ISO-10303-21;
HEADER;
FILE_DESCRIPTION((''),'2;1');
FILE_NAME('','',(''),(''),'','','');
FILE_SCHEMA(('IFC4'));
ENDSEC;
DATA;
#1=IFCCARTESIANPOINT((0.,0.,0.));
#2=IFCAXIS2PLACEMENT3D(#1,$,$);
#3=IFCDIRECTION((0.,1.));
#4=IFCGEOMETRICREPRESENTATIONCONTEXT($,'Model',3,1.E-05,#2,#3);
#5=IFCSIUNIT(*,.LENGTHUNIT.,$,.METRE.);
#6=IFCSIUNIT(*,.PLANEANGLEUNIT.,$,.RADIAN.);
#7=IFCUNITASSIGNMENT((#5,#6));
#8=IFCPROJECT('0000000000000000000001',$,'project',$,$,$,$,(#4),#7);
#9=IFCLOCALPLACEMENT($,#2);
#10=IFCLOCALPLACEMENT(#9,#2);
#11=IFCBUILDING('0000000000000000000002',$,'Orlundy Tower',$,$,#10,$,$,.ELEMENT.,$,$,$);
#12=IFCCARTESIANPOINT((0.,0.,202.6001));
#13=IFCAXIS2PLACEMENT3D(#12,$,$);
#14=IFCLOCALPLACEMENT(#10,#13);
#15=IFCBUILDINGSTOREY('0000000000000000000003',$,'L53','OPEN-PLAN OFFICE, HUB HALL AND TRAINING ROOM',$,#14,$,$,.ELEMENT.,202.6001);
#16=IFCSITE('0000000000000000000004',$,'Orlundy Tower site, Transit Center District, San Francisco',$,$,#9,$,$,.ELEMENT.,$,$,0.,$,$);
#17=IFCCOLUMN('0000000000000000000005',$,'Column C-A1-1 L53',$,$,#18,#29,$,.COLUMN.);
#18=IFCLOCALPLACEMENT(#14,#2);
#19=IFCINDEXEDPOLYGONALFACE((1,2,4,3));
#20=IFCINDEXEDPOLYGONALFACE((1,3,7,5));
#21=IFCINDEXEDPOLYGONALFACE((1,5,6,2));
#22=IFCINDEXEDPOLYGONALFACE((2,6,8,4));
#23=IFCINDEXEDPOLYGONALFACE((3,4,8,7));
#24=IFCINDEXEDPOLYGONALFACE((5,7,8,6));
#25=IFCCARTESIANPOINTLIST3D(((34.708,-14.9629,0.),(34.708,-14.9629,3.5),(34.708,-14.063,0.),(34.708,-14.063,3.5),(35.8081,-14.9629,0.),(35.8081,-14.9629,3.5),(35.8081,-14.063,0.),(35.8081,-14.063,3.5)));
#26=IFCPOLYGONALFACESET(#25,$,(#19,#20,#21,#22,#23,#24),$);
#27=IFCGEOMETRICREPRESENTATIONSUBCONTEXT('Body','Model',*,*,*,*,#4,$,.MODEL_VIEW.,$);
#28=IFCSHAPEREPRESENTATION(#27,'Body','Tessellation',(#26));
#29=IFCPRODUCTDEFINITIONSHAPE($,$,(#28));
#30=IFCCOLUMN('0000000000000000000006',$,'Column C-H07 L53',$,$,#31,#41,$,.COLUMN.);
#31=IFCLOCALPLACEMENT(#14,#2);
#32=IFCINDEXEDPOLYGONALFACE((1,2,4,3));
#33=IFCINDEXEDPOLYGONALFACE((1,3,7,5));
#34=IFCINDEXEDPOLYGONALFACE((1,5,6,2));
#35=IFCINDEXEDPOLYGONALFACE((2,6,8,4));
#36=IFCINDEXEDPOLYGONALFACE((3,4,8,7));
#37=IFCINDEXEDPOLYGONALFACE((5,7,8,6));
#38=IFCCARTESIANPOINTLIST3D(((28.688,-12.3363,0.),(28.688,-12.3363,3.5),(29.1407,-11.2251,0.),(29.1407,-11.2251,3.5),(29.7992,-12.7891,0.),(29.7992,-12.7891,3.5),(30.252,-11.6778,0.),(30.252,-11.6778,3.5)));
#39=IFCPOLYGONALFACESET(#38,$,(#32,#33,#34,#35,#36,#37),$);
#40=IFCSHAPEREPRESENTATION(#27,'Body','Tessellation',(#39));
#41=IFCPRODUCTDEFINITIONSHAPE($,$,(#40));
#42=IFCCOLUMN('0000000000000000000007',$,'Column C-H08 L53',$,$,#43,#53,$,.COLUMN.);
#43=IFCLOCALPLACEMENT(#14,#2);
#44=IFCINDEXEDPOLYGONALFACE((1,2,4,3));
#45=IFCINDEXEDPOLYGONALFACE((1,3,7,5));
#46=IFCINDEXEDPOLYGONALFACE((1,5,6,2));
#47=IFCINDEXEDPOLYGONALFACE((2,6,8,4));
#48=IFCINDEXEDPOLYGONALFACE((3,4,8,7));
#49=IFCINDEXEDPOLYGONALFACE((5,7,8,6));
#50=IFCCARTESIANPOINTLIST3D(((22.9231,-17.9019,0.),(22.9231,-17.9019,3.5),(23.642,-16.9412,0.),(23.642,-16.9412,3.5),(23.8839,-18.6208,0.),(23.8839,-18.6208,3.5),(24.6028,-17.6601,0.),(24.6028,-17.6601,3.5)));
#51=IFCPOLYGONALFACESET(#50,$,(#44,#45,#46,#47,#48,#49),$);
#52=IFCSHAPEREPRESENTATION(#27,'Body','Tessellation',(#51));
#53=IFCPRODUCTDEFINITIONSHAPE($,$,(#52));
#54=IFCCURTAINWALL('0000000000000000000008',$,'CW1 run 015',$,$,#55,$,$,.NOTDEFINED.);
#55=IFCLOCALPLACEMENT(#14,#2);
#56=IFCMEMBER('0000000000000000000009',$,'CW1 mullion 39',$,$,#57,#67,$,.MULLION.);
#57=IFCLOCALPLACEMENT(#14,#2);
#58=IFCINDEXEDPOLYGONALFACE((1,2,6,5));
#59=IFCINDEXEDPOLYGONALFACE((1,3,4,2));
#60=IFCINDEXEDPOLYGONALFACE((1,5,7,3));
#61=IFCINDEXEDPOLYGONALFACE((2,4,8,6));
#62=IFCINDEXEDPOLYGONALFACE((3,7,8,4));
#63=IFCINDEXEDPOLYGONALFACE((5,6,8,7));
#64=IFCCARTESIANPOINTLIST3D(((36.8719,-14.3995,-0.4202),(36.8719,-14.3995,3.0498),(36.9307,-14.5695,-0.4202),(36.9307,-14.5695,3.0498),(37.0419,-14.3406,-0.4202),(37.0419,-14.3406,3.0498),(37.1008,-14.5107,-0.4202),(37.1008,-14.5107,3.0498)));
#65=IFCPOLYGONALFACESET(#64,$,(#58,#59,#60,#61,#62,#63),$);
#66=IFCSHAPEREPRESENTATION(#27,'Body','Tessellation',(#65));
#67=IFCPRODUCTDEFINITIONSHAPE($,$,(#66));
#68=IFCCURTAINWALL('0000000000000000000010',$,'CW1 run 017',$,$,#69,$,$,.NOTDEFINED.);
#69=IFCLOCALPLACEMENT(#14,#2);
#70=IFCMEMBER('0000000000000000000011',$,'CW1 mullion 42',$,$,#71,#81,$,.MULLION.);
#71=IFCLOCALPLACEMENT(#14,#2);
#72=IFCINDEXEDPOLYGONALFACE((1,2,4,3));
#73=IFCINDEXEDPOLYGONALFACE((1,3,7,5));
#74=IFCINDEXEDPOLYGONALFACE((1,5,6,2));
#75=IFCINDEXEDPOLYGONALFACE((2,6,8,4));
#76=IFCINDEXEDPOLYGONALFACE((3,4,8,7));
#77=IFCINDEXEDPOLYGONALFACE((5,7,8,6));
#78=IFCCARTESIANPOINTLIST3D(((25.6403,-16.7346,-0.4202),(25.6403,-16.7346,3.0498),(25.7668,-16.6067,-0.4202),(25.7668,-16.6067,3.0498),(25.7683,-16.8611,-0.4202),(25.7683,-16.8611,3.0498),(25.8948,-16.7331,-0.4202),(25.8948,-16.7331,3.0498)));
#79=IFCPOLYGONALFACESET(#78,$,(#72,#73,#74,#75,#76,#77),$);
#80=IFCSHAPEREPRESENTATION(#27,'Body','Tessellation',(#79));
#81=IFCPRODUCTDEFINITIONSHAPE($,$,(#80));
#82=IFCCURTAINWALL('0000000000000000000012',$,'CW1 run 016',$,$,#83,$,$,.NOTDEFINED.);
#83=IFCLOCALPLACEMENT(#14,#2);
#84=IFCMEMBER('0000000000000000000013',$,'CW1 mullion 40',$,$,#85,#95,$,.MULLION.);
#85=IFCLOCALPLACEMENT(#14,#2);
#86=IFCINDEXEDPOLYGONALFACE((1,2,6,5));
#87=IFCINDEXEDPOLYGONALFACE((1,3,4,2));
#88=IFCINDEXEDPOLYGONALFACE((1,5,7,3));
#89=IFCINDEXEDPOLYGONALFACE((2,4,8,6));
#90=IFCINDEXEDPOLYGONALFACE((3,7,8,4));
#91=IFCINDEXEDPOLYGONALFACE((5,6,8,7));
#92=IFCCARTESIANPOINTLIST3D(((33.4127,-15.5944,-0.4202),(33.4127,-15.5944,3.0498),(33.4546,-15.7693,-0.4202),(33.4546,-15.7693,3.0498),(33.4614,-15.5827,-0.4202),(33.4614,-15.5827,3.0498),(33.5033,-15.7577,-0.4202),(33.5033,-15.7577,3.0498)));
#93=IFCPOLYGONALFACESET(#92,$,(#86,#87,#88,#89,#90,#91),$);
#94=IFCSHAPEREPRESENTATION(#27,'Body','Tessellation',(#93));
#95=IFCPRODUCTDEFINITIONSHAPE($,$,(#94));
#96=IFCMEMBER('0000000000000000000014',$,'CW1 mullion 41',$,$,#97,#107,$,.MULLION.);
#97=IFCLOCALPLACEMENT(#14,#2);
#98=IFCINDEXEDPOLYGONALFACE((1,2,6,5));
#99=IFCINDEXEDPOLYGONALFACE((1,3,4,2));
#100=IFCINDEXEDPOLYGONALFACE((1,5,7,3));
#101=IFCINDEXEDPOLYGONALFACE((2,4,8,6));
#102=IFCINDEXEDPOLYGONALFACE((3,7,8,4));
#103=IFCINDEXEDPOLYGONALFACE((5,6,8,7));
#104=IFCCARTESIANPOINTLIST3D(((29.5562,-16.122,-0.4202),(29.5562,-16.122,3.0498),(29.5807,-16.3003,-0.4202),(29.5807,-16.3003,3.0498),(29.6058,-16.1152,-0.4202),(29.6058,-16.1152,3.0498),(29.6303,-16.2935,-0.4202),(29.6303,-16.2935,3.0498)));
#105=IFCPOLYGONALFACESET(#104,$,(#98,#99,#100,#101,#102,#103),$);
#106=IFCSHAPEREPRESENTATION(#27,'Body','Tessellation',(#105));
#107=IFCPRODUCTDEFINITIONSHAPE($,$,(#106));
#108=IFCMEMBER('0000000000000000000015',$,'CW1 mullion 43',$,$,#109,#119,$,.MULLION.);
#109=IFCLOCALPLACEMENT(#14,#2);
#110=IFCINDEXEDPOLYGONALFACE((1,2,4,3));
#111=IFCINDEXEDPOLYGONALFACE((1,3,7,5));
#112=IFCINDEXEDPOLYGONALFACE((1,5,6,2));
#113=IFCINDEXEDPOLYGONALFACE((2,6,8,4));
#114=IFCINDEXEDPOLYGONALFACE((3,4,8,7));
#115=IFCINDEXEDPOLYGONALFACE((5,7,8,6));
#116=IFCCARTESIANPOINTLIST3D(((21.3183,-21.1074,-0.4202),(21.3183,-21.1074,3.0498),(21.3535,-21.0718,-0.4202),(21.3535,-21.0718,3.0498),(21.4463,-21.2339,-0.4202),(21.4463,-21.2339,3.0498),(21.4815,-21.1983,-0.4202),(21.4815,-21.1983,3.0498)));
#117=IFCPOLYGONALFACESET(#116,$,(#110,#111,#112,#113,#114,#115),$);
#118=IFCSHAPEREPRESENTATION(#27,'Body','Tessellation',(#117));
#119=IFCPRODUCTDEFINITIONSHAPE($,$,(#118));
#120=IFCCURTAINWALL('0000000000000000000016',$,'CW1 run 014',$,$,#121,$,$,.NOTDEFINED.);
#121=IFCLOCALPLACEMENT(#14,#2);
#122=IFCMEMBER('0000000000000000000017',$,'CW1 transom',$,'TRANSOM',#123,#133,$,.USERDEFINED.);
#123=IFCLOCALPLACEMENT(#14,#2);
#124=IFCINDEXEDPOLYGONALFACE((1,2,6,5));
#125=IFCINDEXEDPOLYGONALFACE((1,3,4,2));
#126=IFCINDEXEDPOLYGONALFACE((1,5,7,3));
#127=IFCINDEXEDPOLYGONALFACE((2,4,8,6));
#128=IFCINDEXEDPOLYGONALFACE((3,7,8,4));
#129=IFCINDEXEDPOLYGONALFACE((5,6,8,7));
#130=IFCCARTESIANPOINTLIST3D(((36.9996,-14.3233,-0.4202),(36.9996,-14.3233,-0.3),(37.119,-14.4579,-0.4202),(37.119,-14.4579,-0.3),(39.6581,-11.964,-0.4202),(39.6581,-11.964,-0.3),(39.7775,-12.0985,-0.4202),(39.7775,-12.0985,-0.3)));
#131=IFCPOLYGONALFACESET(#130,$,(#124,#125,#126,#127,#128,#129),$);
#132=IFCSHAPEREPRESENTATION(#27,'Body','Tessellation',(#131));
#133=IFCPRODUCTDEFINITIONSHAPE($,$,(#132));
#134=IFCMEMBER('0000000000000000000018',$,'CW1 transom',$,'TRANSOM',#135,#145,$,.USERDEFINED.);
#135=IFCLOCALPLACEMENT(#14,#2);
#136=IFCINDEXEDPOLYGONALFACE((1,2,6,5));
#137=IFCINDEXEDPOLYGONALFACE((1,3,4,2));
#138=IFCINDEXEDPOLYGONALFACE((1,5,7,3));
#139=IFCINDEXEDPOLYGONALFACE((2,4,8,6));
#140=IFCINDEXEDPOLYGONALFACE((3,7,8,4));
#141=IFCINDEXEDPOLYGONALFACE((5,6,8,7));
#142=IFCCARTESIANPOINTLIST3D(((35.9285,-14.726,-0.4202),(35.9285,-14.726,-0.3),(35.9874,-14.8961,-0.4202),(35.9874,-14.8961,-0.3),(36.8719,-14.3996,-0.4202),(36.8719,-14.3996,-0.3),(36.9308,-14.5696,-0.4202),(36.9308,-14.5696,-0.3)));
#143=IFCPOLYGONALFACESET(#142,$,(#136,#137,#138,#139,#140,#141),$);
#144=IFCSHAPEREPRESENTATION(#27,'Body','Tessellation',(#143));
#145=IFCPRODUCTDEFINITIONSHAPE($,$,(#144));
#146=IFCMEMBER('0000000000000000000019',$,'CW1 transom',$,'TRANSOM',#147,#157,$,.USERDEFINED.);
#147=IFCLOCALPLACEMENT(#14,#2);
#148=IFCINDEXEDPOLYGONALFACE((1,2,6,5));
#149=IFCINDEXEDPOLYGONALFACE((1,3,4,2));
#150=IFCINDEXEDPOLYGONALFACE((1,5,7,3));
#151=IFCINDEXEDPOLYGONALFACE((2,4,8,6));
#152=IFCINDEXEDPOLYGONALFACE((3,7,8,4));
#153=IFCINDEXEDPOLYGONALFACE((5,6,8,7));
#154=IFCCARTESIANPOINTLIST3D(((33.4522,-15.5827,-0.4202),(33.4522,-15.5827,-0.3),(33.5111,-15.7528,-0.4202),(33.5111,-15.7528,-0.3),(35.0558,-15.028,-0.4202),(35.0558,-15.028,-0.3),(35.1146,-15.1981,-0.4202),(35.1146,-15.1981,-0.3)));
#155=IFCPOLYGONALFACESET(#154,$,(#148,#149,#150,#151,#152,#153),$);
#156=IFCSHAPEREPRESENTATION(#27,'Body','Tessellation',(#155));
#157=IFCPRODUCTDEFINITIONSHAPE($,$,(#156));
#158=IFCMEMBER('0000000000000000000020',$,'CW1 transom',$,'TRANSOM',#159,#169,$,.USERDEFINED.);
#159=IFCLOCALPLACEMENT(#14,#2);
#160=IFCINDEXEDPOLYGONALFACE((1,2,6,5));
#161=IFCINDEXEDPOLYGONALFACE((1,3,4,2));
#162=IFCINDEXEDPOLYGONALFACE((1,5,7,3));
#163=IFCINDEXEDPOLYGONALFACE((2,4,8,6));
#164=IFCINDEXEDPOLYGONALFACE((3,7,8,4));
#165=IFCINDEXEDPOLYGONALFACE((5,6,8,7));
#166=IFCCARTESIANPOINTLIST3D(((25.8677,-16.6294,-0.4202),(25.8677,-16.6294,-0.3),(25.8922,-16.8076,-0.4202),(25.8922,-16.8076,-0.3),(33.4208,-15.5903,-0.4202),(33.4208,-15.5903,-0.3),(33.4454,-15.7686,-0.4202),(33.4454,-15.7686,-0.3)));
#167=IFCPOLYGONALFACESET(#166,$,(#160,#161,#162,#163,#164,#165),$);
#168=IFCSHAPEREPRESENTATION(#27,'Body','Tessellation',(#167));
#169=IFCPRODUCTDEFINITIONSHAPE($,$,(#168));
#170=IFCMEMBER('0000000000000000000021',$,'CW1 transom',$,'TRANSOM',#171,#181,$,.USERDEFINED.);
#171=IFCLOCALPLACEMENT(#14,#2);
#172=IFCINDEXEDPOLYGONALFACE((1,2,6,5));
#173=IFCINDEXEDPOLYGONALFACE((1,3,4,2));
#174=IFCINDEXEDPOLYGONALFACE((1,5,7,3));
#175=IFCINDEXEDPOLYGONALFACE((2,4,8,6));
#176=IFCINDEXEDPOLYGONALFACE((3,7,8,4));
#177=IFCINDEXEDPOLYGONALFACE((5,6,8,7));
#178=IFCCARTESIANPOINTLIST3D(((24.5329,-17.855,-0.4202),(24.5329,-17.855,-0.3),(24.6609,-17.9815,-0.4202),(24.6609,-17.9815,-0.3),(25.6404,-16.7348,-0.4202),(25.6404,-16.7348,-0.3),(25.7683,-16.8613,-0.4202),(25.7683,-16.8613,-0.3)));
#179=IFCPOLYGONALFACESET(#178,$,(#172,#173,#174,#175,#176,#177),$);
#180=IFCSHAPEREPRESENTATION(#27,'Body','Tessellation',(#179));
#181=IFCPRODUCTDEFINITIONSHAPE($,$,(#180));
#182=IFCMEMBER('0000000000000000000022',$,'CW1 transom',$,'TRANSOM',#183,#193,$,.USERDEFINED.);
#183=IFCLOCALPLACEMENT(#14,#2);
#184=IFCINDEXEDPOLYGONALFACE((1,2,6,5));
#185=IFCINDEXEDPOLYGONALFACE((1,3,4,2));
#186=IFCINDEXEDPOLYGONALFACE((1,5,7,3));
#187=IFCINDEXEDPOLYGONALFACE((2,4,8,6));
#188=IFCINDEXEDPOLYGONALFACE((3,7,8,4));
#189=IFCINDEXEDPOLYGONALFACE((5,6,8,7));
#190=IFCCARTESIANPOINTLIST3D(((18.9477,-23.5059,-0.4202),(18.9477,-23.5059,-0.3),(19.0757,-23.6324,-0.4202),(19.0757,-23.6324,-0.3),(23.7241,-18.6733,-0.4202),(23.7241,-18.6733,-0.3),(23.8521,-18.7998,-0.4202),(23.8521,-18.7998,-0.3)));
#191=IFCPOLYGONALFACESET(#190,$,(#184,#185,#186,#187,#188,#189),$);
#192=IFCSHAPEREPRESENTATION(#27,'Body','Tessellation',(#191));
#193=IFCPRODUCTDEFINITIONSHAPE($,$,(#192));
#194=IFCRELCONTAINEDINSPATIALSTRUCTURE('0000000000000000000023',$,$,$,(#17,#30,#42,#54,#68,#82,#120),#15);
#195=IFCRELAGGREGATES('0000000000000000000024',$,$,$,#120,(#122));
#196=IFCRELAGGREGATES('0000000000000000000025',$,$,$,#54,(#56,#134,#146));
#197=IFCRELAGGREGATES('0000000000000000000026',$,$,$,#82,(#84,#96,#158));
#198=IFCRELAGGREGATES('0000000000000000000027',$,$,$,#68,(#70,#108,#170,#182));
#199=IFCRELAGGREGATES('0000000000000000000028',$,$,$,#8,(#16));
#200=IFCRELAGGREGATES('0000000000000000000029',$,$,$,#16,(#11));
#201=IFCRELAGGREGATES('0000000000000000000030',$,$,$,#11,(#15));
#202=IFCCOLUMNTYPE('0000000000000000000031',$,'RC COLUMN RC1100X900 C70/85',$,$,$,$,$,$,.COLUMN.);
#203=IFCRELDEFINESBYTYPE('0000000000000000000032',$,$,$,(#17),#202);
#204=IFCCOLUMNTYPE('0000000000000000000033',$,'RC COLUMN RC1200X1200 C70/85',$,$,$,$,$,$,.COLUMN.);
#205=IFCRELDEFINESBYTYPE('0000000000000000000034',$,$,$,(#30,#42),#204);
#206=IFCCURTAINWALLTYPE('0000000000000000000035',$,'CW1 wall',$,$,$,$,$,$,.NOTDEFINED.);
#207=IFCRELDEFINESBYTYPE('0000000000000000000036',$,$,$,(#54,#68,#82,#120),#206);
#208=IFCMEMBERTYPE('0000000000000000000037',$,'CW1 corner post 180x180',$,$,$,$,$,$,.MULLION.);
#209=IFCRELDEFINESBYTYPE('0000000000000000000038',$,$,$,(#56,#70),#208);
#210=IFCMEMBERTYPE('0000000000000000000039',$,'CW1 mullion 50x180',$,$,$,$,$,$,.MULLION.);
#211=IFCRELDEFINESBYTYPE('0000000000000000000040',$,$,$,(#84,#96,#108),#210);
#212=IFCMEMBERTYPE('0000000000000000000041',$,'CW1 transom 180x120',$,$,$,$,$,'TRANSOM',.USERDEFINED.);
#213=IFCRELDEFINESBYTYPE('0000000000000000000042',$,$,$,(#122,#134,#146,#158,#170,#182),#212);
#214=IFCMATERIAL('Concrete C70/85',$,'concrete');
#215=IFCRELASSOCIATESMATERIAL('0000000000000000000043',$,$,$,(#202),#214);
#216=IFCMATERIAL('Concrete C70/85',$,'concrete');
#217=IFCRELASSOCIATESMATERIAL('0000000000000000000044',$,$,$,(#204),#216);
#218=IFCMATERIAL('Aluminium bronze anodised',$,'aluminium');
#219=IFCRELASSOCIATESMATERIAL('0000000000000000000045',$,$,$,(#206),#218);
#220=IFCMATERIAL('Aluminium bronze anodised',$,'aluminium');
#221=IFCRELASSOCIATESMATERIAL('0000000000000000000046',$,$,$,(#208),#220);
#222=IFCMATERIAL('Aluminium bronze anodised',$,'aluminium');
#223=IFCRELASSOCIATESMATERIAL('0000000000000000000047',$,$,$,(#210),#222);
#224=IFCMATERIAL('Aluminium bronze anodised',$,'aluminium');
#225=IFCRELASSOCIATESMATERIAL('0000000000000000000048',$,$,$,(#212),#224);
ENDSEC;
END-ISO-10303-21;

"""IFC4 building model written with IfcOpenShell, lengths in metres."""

from ifc_helpers import new_model, si_unit, direction, frame, origin, origin_2d, place, context, subcontext, project, spatial, rectangle, extrude, material, material_profile, profile_set, type_object, element, aggregate, save


model = new_model("IFC4")

# Units and contexts
model_context = context("Model", 3, precision=1e-05, world=origin(), true_north=direction((0.0, 1.0)))
body_context = subcontext(model_context, "Body", "Model", "MODEL_VIEW")
ifc_project = project(units=[si_unit("LENGTHUNIT", "METRE"), si_unit("PLANEANGLEUNIT", "RADIAN")], contexts=[model_context])

# Site, building, storey
site_placement = place(None, origin())
site = spatial("IfcSite", under=ifc_project, at=site_placement, Name="Orlundy Tower site, Transit Center District, San Francisco", CompositionType="ELEMENT", RefElevation=0.0)
building_placement = place(site_placement, origin())
building = spatial("IfcBuilding", under=site, at=building_placement, Name="Orlundy Tower", CompositionType="ELEMENT")
storey_placement = place(building_placement, frame((0.0, 0.0, 202.6001)))
storey = spatial("IfcBuildingStorey", under=building, at=storey_placement, Name="L53", Description="OPEN-PLAN OFFICE, HUB HALL AND TRAINING ROOM", CompositionType="ELEMENT", Elevation=202.6001)

# Columns
ifc_material_1 = material(Name="Concrete C70/85", Category="concrete")
ifc_material_profile_1 = material_profile(ifc_material_1, rectangle(XDim=1.1001, YDim=0.8999, at=origin_2d()), Name="RC1100X900")
ifc_profile_set_1 = profile_set([ifc_material_profile_1], Name="Concrete C70/85")
column_type_1 = type_object("IfcColumnType", Name="RC COLUMN RC1100X900 C70/85", PredefinedType="COLUMN", material=ifc_profile_set_1)
column_placement = place(storey_placement, frame((35.2581, -14.5129, 0.0), z_axis=(0.0, 0.0, 1.0), x_axis=(1.0, 0.0, 0.0)))
element("IfcColumn", 1, at=column_placement, inside=storey, type_object=column_type_1, Name="Column C-A1-1 L53", PredefinedType="COLUMN", context=body_context, shape_type="SweptSolid", body=[
    extrude(rectangle(XDim=1.1001, YDim=0.8999, at=origin_2d()), origin(), (0.0, 0.0, 1.0), 3.5),
])
ifc_material_2 = material(Name="Concrete C70/85", Category="concrete")
ifc_material_profile_2 = material_profile(ifc_material_2, rectangle(XDim=1.2, YDim=1.2, at=origin_2d()), Name="RC1200X1200")
ifc_profile_set_2 = profile_set([ifc_material_profile_2], Name="Concrete C70/85")
column_type_2 = type_object("IfcColumnType", Name="RC COLUMN RC1200X1200 C70/85", PredefinedType="COLUMN", material=ifc_profile_set_2)
for number, where, z_axis, x_axis, name in (
    (2, (29.47, -12.0071, 0.0), (0.0, 0.0, 1.0), (0.926081, -0.377324, 0.0), "Column C-H07 L53"),
    (3, (23.7629, -17.781, 0.0), (0.0, 0.0, 1.0), (0.800669, -0.599107, 0.0), "Column C-H08 L53"),
):
    element("IfcColumn", number, at=place(storey_placement, frame(where, z_axis=z_axis, x_axis=x_axis)), inside=storey, type_object=column_type_2, Name=name, PredefinedType="COLUMN", context=body_context, shape_type="SweptSolid", body=[
        extrude(rectangle(XDim=1.2, YDim=1.2, at=origin_2d()), origin(), (0.0, 0.0, 1.0), 3.5),
    ])

# Curtain walls, members
ifc_material_3 = material(Name="Aluminium bronze anodised", Category="aluminium")
curtain_wall_type = type_object("IfcCurtainWallType", Name="CW1 wall", PredefinedType="NOTDEFINED", material=ifc_material_3)
curtain_wall_1_placement = place(storey_placement, origin())
curtain_wall_1 = element("IfcCurtainWall", 4, at=curtain_wall_1_placement, inside=storey, type_object=curtain_wall_type, Name="CW1 run 015", PredefinedType="NOTDEFINED")
ifc_material_4 = material(Name="Aluminium bronze anodised", Category="aluminium")
ifc_material_profile_3 = material_profile(ifc_material_4, rectangle(XDim=0.1799, YDim=0.1799, at=origin_2d()), Name="CW1 corner post 180x180")
ifc_profile_set_3 = profile_set([ifc_material_profile_3], Name="Aluminium bronze anodised")
member_type_1 = type_object("IfcMemberType", Name="CW1 corner post 180x180", PredefinedType="MULLION", material=ifc_profile_set_3)
member_1_placement = place(storey_placement, frame((36.9863, -14.4551, -0.4202), z_axis=(0.0, 0.0, 1.0), x_axis=(0.326972, -0.945034, 0.0)))
member_1 = element("IfcMember", 5, at=member_1_placement, type_object=member_type_1, Name="CW1 mullion 39", PredefinedType="MULLION", context=body_context, shape_type="SweptSolid", body=[
    extrude(rectangle(XDim=0.1799, YDim=0.1799, at=origin_2d()), origin(), (0.0, 0.0, 1.0), 3.47),
])
curtain_wall_2_placement = place(storey_placement, origin())
curtain_wall_2 = element("IfcCurtainWall", 6, at=curtain_wall_2_placement, inside=storey, type_object=curtain_wall_type, Name="CW1 run 017", PredefinedType="NOTDEFINED")
member_2_placement = place(storey_placement, frame((25.7676, -16.7339, -0.4202), z_axis=(0.0, 0.0, 1.0), x_axis=(0.711219, -0.70297, 0.0)))
member_2 = element("IfcMember", 7, at=member_2_placement, type_object=member_type_1, Name="CW1 mullion 42", PredefinedType="MULLION", context=body_context, shape_type="SweptSolid", body=[
    extrude(rectangle(XDim=0.1799, YDim=0.1799, at=origin_2d()), origin(), (0.0, 0.0, 1.0), 3.47),
])

# Curtain wall, members
curtain_wall_3_placement = place(storey_placement, origin())
curtain_wall_3 = element("IfcCurtainWall", 8, at=curtain_wall_3_placement, inside=storey, type_object=curtain_wall_type, Name="CW1 run 016", PredefinedType="NOTDEFINED")
ifc_material_5 = material(Name="Aluminium bronze anodised", Category="aluminium")
ifc_material_profile_4 = material_profile(ifc_material_5, rectangle(XDim=0.1799, YDim=0.05, at=origin_2d()), Name="CW1 mullion 50x180")
ifc_profile_set_4 = profile_set([ifc_material_profile_4], Name="Aluminium bronze anodised")
member_type_2 = type_object("IfcMemberType", Name="CW1 mullion 50x180", PredefinedType="MULLION", material=ifc_profile_set_4)
member_3_placement = place(storey_placement, frame((33.458, -15.676, -0.4202), z_axis=(0.0, 0.0, 1.0), x_axis=(0.232754, -0.972536, 0.0)))
member_3 = element("IfcMember", 9, at=member_3_placement, type_object=member_type_2, Name="CW1 mullion 40", PredefinedType="MULLION", context=body_context, shape_type="SweptSolid", body=[
    extrude(rectangle(XDim=0.1799, YDim=0.05, at=origin_2d()), origin(), (0.0, 0.0, 1.0), 3.47),
])
member_4_placement = place(storey_placement, frame((29.5933, -16.2078, -0.4202), z_axis=(0.0, 0.0, 1.0), x_axis=(0.136294, -0.990668, 0.0)))
member_4 = element("IfcMember", 10, at=member_4_placement, type_object=member_type_2, Name="CW1 mullion 41", PredefinedType="MULLION", context=body_context, shape_type="SweptSolid", body=[
    extrude(rectangle(XDim=0.1799, YDim=0.05, at=origin_2d()), origin(), (0.0, 0.0, 1.0), 3.47),
])

# Member
member_5_placement = place(storey_placement, frame((21.3999, -21.1528, -0.4202), z_axis=(0.0, 0.0, 1.0), x_axis=(0.711219, -0.70297, 0.0)))
member_5 = element("IfcMember", 11, at=member_5_placement, type_object=member_type_2, Name="CW1 mullion 43", PredefinedType="MULLION", context=body_context, shape_type="SweptSolid", body=[
    extrude(rectangle(XDim=0.1799, YDim=0.05, at=origin_2d()), origin(), (0.0, 0.0, 1.0), 3.47),
])

# Curtain wall, member
curtain_wall_4_placement = place(storey_placement, origin())
curtain_wall_4 = element("IfcCurtainWall", 12, at=curtain_wall_4_placement, inside=storey, type_object=curtain_wall_type, Name="CW1 run 014", PredefinedType="NOTDEFINED")
ifc_material_6 = material(Name="Aluminium bronze anodised", Category="aluminium")
ifc_material_profile_5 = material_profile(ifc_material_6, rectangle(XDim=0.1799, YDim=0.1201, at=origin_2d()), Name="CW1 transom 180x120")
ifc_profile_set_5 = profile_set([ifc_material_profile_5], Name="Aluminium bronze anodised")
member_type_3 = type_object("IfcMemberType", Name="CW1 transom 180x120", ElementType="TRANSOM", PredefinedType="USERDEFINED", material=ifc_profile_set_5)
member_6_placement = place(storey_placement, frame((39.7178, -12.0312, -0.3601), z_axis=(-0.747924, -0.663784, 0.0), x_axis=(0.663784, -0.747924, 0.0)))
member_6 = element("IfcMember", 13, at=member_6_placement, type_object=member_type_3, Name="CW1 transom", ObjectType="TRANSOM", PredefinedType="USERDEFINED", context=body_context, shape_type="SweptSolid", body=[
    extrude(rectangle(XDim=0.1799, YDim=0.1201, at=origin_2d()), origin(), (0.0, 0.0, 1.0), 3.5544),
])

# Members
member_7_placement = place(storey_placement, frame((36.9014, -14.4846, -0.3601), z_axis=(-0.945027, -0.326993, 0.0), x_axis=(0.326993, -0.945027, 0.0)))
member_7 = element("IfcMember", 14, at=member_7_placement, type_object=member_type_3, Name="CW1 transom", ObjectType="TRANSOM", PredefinedType="USERDEFINED", context=body_context, shape_type="SweptSolid", body=[
    extrude(rectangle(XDim=0.1799, YDim=0.1201, at=origin_2d()), origin(), (0.0, 0.0, 1.0), 0.9983),
])
member_8_placement = place(storey_placement, frame((35.0852, -15.113, -0.3601), z_axis=(-0.945054, -0.326913, 0.0), x_axis=(0.326913, -0.945054, 0.0)))
member_8 = element("IfcMember", 15, at=member_8_placement, type_object=member_type_3, Name="CW1 transom", ObjectType="TRANSOM", PredefinedType="USERDEFINED", context=body_context, shape_type="SweptSolid", body=[
    extrude(rectangle(XDim=0.1799, YDim=0.1201, at=origin_2d()), origin(), (0.0, 0.0, 1.0), 1.6968),
])
member_9_placement = place(storey_placement, frame((33.4331, -15.6794, -0.3601), z_axis=(-0.99067, -0.136282, 0.0), x_axis=(0.136282, -0.99067, 0.0)))
member_9 = element("IfcMember", 16, at=member_9_placement, type_object=member_type_3, Name="CW1 transom", ObjectType="TRANSOM", PredefinedType="USERDEFINED", context=body_context, shape_type="SweptSolid", body=[
    extrude(rectangle(XDim=0.1799, YDim=0.1201, at=origin_2d()), origin(), (0.0, 0.0, 1.0), 7.6243),
])
member_10_placement = place(storey_placement, frame((25.7043, -16.7981, -0.3601), z_axis=(-0.703065, -0.711125, 0.0), x_axis=(0.711125, -0.703065, 0.0)))
member_10 = element("IfcMember", 17, at=member_10_placement, type_object=member_type_3, Name="CW1 transom", ObjectType="TRANSOM", PredefinedType="USERDEFINED", context=body_context, shape_type="SweptSolid", body=[
    extrude(rectangle(XDim=0.1799, YDim=0.1201, at=origin_2d()), origin(), (0.0, 0.0, 1.0), 1.5752),
])
member_11_placement = place(storey_placement, frame((23.7881, -18.7366, -0.3601), z_axis=(-0.702963, -0.711227, 0.0), x_axis=(0.711227, -0.702963, 0.0)))
member_11 = element("IfcMember", 18, at=member_11_placement, type_object=member_type_3, Name="CW1 transom", ObjectType="TRANSOM", PredefinedType="USERDEFINED", context=body_context, shape_type="SweptSolid", body=[
    extrude(rectangle(XDim=0.1799, YDim=0.1201, at=origin_2d()), origin(), (0.0, 0.0, 1.0), 6.7947),
])

aggregate(curtain_wall_4, [member_6])
aggregate(curtain_wall_1, [member_1, member_7, member_8])
aggregate(curtain_wall_3, [member_3, member_4, member_9])
aggregate(curtain_wall_2, [member_2, member_5, member_10, member_11])

save(model, "model.ifc")
